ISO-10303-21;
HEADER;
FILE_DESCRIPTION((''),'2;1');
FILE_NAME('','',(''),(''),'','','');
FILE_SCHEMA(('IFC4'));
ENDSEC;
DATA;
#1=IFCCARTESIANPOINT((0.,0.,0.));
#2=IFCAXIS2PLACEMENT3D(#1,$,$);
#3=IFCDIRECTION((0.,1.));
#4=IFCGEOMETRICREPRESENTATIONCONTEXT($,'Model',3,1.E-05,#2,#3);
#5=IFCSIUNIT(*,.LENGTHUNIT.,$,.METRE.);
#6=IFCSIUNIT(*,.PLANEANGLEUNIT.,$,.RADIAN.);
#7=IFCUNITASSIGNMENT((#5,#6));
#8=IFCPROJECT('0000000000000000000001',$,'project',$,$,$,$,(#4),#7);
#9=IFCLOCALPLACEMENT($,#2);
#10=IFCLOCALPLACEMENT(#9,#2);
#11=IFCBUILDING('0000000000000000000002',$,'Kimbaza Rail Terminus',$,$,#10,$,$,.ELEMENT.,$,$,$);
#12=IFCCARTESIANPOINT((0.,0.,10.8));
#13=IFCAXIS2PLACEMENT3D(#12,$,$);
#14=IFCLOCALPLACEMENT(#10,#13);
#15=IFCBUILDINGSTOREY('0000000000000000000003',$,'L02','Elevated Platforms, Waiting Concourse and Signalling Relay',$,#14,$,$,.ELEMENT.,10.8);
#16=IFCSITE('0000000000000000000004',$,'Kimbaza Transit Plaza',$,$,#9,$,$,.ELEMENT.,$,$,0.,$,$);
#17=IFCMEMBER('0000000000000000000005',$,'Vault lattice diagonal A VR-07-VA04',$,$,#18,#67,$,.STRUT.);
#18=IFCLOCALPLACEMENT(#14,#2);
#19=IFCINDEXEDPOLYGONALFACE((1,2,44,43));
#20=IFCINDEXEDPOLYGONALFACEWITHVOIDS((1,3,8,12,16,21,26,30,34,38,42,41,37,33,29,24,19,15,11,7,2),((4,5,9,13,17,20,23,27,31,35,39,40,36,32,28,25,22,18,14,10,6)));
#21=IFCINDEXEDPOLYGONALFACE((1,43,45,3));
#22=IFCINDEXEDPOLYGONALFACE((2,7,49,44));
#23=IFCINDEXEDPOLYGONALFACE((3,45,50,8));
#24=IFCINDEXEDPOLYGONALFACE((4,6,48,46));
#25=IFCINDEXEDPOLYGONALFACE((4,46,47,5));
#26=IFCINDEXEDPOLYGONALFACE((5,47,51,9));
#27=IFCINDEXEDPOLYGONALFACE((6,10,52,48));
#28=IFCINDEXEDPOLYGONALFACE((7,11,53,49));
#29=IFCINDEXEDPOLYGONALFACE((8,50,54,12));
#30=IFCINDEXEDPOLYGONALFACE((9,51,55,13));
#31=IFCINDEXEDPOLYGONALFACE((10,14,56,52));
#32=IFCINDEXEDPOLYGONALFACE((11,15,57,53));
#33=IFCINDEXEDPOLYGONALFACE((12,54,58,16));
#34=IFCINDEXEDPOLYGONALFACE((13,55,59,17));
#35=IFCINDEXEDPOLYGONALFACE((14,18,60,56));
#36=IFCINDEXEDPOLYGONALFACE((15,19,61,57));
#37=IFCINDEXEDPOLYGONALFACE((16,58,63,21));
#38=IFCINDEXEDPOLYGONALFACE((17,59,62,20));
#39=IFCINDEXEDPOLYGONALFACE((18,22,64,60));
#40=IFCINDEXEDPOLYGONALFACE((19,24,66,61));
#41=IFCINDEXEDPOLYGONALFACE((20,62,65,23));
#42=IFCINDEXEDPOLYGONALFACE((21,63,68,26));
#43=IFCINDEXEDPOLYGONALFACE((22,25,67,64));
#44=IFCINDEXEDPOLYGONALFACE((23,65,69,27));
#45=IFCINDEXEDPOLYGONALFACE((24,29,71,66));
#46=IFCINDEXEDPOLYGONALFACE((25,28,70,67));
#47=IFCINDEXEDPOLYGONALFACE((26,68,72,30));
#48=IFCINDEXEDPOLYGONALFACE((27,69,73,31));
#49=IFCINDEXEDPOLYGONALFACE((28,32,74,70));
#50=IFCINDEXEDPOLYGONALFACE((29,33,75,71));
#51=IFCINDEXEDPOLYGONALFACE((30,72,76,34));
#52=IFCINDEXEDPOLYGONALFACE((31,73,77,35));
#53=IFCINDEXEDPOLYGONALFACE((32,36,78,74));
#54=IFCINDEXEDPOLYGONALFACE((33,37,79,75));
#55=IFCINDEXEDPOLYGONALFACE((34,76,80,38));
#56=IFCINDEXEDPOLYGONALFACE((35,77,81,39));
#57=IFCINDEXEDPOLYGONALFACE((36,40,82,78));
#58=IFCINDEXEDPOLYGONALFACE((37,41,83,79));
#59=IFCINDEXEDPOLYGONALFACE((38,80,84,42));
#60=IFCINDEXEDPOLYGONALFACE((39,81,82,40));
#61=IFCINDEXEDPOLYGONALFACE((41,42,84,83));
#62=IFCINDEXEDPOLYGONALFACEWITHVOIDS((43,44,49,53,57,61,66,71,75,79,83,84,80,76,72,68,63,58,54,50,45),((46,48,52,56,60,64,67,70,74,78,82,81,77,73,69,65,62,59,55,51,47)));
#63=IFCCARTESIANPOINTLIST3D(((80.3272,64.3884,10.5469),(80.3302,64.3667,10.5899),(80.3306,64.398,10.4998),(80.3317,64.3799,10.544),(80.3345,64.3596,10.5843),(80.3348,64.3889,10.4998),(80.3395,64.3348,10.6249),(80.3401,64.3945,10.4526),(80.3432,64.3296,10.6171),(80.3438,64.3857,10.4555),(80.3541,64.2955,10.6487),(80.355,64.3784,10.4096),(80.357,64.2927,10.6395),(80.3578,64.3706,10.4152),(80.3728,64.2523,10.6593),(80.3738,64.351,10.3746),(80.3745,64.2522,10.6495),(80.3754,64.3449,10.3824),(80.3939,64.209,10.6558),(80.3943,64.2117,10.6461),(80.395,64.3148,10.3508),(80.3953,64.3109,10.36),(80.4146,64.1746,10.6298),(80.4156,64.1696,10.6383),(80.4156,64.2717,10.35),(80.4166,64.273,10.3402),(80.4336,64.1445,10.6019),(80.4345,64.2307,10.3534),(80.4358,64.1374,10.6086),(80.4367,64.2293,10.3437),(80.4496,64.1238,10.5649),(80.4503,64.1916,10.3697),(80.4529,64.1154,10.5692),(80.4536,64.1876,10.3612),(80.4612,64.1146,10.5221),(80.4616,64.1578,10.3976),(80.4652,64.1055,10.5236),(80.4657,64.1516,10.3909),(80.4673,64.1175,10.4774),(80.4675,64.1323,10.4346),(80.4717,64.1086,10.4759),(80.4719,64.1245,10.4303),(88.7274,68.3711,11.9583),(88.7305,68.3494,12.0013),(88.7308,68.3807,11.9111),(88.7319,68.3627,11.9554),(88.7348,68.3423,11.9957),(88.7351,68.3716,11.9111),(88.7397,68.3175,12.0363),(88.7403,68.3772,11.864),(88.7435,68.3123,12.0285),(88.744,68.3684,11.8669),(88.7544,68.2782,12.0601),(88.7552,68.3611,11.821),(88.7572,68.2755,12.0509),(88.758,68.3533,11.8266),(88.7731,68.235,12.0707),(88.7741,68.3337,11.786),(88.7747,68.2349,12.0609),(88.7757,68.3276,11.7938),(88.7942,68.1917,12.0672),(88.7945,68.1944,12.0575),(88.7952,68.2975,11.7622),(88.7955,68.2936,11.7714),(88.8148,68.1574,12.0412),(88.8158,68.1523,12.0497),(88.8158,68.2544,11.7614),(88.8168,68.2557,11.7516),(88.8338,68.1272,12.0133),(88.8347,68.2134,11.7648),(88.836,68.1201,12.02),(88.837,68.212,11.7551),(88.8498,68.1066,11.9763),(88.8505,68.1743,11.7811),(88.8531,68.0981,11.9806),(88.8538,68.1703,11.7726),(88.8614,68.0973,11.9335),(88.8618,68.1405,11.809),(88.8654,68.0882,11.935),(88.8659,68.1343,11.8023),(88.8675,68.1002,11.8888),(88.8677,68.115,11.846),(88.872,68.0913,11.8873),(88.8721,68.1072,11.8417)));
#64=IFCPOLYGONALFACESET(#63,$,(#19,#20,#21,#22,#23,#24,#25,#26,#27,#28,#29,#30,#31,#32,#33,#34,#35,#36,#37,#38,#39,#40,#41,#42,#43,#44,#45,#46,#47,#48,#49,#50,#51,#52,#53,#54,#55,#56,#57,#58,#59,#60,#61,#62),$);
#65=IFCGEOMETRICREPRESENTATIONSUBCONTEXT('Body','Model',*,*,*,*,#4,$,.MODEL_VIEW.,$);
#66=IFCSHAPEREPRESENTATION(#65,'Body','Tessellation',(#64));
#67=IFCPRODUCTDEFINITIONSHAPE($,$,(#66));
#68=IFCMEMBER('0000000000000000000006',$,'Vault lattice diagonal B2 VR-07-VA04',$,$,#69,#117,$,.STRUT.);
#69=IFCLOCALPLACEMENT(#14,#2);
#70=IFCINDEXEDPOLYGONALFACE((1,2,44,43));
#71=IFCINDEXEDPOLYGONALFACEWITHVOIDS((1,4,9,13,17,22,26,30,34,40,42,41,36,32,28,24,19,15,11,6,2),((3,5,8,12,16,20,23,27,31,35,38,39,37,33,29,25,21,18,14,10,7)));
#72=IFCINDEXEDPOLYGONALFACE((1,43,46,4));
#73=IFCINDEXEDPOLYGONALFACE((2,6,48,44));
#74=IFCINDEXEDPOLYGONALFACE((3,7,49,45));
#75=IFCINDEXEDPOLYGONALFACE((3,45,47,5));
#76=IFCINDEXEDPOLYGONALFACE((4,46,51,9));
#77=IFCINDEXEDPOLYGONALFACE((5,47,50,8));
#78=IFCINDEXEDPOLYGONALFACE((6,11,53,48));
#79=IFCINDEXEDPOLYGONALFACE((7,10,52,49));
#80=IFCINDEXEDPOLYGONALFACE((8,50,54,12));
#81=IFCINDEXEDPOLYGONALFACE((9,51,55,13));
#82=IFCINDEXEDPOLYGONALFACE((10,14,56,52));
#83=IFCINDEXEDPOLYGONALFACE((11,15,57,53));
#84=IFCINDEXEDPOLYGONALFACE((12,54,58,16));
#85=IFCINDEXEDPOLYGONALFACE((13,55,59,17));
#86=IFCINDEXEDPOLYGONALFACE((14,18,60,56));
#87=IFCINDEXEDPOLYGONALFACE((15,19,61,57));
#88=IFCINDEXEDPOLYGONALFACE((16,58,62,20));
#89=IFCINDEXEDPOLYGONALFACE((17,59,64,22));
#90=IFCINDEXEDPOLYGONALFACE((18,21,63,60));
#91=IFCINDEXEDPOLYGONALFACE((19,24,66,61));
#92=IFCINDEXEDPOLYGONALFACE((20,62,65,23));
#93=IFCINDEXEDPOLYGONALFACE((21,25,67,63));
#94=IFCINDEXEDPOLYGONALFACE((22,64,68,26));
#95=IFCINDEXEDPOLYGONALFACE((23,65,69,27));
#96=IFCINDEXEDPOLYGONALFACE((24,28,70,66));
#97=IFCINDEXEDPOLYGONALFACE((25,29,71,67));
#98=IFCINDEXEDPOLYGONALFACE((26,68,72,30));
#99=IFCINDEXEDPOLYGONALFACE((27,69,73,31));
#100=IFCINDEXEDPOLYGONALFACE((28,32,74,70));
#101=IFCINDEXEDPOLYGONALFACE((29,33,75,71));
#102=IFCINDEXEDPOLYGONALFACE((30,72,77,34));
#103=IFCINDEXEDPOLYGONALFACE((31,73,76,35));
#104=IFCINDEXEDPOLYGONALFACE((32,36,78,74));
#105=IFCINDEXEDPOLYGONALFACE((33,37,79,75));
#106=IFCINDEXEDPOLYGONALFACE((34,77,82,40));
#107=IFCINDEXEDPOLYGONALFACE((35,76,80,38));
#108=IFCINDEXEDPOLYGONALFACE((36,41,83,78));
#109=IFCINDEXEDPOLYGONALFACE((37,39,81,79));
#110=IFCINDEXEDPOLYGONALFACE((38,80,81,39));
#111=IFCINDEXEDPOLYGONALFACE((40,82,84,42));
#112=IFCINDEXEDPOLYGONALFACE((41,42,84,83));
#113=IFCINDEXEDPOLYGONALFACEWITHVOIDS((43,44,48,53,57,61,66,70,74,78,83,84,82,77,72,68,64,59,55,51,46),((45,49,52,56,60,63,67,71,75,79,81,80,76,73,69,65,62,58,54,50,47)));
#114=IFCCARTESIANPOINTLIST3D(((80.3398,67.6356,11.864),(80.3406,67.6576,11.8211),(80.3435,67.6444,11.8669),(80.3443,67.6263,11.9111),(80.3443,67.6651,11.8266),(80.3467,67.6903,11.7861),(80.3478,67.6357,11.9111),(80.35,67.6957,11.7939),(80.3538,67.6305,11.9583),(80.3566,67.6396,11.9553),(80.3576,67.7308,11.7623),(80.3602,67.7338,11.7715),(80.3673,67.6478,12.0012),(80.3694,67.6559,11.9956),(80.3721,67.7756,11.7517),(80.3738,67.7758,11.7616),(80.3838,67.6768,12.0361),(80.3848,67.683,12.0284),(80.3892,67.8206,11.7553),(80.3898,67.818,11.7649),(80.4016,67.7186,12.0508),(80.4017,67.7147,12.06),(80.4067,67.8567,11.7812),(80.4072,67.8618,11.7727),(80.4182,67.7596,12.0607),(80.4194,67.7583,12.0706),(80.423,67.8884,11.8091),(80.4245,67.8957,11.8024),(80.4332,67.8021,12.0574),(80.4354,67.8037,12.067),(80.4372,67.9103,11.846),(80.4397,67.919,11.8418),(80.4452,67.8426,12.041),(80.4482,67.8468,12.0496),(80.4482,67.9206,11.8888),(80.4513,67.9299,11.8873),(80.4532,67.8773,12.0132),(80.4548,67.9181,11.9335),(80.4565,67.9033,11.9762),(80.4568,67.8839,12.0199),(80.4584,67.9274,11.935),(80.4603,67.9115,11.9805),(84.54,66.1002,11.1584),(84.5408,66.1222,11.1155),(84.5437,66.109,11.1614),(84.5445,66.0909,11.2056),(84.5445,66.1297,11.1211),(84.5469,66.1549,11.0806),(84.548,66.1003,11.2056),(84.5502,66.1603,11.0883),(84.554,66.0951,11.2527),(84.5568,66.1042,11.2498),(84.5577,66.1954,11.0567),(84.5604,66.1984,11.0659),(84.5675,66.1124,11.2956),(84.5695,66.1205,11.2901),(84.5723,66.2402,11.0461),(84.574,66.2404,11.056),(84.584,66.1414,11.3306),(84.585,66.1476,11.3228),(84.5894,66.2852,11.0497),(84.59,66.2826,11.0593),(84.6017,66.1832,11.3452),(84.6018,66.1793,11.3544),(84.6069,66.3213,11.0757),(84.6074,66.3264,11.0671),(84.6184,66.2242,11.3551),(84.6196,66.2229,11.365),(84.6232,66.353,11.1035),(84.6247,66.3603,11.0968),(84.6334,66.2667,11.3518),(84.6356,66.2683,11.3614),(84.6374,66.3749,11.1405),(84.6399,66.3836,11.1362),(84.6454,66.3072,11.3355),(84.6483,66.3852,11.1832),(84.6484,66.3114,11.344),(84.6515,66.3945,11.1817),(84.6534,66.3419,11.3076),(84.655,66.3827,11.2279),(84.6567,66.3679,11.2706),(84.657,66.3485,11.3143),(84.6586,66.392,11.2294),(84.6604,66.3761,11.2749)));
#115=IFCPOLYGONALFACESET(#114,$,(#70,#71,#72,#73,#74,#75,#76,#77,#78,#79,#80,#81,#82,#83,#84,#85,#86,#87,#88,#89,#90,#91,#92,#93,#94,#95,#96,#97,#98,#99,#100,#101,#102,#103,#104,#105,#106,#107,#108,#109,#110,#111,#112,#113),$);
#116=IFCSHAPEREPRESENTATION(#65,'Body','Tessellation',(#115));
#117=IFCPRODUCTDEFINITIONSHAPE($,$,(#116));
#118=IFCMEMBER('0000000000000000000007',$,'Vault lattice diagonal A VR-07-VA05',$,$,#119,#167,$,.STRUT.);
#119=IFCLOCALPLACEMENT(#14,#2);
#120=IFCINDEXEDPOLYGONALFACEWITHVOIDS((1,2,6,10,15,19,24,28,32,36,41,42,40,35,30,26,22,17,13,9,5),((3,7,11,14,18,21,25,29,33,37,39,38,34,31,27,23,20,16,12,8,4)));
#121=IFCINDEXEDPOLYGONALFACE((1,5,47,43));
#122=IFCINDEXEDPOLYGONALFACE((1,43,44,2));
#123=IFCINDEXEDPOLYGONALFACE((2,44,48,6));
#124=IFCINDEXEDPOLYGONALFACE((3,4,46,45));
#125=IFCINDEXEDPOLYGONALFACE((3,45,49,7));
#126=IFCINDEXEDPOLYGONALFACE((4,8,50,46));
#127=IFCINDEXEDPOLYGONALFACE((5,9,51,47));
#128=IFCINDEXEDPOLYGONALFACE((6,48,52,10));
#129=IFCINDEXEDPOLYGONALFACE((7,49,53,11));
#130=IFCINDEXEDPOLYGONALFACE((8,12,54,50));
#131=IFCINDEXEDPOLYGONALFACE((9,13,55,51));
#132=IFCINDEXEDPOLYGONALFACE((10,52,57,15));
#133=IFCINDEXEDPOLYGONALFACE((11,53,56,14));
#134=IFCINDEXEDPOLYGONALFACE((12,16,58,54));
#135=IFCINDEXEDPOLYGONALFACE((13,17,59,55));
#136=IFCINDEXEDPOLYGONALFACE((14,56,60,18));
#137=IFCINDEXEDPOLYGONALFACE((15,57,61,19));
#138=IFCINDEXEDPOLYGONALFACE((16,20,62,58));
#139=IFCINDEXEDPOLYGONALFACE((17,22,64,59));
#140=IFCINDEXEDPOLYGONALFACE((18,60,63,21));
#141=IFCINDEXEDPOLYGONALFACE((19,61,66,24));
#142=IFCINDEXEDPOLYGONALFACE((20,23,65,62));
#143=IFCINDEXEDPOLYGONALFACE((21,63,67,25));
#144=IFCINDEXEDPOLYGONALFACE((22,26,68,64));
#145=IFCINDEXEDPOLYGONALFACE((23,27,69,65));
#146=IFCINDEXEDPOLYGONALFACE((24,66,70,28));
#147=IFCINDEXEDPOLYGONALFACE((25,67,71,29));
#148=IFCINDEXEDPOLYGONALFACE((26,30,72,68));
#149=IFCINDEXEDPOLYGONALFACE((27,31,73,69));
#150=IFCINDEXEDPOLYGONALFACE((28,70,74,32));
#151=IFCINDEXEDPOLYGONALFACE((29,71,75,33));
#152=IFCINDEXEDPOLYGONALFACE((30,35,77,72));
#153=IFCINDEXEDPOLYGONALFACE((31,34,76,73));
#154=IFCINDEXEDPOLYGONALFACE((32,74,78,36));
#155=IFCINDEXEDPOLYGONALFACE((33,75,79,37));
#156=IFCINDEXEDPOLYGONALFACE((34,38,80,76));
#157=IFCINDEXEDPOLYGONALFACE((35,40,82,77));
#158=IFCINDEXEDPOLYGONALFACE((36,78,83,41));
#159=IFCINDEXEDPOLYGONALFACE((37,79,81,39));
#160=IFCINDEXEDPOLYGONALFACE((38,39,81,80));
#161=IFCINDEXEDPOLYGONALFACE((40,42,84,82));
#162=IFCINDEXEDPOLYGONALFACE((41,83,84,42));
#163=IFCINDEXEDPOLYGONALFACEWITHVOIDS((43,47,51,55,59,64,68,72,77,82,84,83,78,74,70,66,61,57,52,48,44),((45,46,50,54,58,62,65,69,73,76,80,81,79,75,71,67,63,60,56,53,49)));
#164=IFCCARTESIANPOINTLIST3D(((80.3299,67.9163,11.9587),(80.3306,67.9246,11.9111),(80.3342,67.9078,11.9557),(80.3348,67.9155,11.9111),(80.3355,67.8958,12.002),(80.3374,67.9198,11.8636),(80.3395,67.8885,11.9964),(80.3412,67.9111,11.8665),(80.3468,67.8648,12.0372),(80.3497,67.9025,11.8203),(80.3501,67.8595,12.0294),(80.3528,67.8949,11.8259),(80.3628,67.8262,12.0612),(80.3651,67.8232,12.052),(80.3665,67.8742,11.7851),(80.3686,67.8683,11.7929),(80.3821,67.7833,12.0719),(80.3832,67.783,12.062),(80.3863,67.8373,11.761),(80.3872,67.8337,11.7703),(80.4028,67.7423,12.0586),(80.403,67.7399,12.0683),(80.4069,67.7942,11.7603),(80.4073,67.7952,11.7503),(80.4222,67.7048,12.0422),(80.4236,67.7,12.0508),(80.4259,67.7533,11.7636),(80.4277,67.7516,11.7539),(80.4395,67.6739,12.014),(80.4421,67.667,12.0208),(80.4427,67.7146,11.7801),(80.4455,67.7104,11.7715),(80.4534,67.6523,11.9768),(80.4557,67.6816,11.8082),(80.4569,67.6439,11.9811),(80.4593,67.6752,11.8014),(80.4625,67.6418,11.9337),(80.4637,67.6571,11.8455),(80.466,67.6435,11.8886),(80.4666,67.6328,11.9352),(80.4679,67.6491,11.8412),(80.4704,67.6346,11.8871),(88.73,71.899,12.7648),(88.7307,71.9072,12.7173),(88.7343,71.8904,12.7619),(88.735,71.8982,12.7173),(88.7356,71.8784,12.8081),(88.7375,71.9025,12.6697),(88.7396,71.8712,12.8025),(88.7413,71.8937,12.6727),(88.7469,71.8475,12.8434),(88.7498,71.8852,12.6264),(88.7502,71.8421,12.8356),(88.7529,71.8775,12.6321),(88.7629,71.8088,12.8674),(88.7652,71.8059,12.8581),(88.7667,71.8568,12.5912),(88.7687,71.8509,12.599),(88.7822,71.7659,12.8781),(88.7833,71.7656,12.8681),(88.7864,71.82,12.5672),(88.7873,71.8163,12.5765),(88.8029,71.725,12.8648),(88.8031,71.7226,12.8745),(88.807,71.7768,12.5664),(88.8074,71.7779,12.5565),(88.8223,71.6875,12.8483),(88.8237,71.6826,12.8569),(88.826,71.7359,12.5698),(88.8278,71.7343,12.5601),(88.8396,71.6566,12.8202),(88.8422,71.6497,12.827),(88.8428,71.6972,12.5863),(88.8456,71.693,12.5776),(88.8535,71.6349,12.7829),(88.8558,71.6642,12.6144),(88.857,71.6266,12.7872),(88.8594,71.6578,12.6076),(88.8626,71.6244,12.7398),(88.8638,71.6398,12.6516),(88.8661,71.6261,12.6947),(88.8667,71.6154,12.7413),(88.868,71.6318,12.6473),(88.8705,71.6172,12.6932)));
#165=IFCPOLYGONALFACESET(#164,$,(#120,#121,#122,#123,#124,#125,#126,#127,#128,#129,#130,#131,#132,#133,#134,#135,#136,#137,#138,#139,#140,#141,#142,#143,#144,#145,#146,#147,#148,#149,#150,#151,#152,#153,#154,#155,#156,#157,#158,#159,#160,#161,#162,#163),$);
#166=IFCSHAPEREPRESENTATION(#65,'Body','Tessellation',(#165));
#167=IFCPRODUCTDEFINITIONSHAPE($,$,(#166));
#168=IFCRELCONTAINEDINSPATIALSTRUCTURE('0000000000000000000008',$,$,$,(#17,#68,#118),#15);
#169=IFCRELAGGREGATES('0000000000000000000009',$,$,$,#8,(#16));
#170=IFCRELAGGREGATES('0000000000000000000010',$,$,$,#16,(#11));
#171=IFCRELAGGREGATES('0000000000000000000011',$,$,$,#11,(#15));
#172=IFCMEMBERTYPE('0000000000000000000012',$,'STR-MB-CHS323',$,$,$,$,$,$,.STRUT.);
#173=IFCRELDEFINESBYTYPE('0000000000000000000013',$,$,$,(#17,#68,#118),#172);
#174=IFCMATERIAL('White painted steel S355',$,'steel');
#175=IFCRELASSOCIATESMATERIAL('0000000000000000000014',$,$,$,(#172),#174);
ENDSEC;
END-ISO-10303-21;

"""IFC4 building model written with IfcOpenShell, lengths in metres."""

from ifc_helpers import new_model, si_unit, direction, frame, origin, origin_2d, place, context, subcontext, project, spatial, hollow_circle, extrude, material, material_profile, profile_set, type_object, element, save


model = new_model("IFC4")

# Units and contexts
model_context = context("Model", 3, precision=1e-05, world=origin(), true_north=direction((0.0, 1.0)))
body_context = subcontext(model_context, "Body", "Model", "MODEL_VIEW")
ifc_project = project(units=[si_unit("LENGTHUNIT", "METRE"), si_unit("PLANEANGLEUNIT", "RADIAN")], contexts=[model_context])

# Site, building, storey
site_placement = place(None, origin())
site = spatial("IfcSite", under=ifc_project, at=site_placement, Name="Kimbaza Transit Plaza", CompositionType="ELEMENT", RefElevation=0.0)
building_placement = place(site_placement, origin())
building = spatial("IfcBuilding", under=site, at=building_placement, Name="Kimbaza Rail Terminus", CompositionType="ELEMENT")
storey_placement = place(building_placement, frame((0.0, 0.0, 10.8)))
storey = spatial("IfcBuildingStorey", under=building, at=storey_placement, Name="L02", Description="Elevated Platforms, Waiting Concourse and Signalling Relay", CompositionType="ELEMENT", Elevation=10.8)

# Members
ifc_material_1 = material(Name="White painted steel S355", Category="steel")
ifc_material_profile_1 = material_profile(ifc_material_1, hollow_circle(Radius=0.1619, WallThickness=0.01, at=origin_2d()), Name="CHS 323.9x10")
ifc_profile_set_1 = profile_set([ifc_material_profile_1], Name="White painted steel S355")
member_type_1 = type_object("IfcMemberType", Name="STR-MB-CHS323", PredefinedType="STRUT", material=ifc_profile_set_1)
member_1_placement = place(storey_placement, frame((80.3999, 64.2517, 10.4998), z_axis=(0.893349, 0.423553, 0.150099), x_axis=(-0.428407, 0.903586, 0.0)))
element("IfcMember", 1, at=member_1_placement, inside=storey, type_object=member_type_1, Name="Vault lattice diagonal A VR-07-VA04", PredefinedType="STRUT", context=body_context, shape_type="SweptSolid", body=[
    extrude(hollow_circle(Radius=0.1619, WallThickness=0.01, at=origin_2d()), origin(), (0.0, 0.0, 1.0), 9.4031),
])
member_2_placement = place(storey_placement, frame((84.6001, 66.2429, 11.2056), z_axis=(-0.927738, 0.339139, 0.155845), x_axis=(-0.343334, -0.939213, 0.0)))
element("IfcMember", 2, at=member_2_placement, inside=storey, type_object=member_type_1, Name="Vault lattice diagonal B2 VR-07-VA04", PredefinedType="STRUT", context=body_context, shape_type="SweptSolid", body=[
    extrude(hollow_circle(Radius=0.1619, WallThickness=0.01, at=origin_2d()), origin(), (0.0, 0.0, 1.0), 4.5273),
])
member_3_placement = place(storey_placement, frame((80.3999, 67.7783, 11.9111), z_axis=(0.900208, 0.426805, 0.086392), x_axis=(-0.428407, 0.903586, 0.0)))
element("IfcMember", 3, at=member_3_placement, inside=storey, type_object=member_type_1, Name="Vault lattice diagonal A VR-07-VA05", PredefinedType="STRUT", context=body_context, shape_type="SweptSolid", body=[
    extrude(hollow_circle(Radius=0.1619, WallThickness=0.01, at=origin_2d()), origin(), (0.0, 0.0, 1.0), 9.3313),
])

save(model, "model.ifc")
